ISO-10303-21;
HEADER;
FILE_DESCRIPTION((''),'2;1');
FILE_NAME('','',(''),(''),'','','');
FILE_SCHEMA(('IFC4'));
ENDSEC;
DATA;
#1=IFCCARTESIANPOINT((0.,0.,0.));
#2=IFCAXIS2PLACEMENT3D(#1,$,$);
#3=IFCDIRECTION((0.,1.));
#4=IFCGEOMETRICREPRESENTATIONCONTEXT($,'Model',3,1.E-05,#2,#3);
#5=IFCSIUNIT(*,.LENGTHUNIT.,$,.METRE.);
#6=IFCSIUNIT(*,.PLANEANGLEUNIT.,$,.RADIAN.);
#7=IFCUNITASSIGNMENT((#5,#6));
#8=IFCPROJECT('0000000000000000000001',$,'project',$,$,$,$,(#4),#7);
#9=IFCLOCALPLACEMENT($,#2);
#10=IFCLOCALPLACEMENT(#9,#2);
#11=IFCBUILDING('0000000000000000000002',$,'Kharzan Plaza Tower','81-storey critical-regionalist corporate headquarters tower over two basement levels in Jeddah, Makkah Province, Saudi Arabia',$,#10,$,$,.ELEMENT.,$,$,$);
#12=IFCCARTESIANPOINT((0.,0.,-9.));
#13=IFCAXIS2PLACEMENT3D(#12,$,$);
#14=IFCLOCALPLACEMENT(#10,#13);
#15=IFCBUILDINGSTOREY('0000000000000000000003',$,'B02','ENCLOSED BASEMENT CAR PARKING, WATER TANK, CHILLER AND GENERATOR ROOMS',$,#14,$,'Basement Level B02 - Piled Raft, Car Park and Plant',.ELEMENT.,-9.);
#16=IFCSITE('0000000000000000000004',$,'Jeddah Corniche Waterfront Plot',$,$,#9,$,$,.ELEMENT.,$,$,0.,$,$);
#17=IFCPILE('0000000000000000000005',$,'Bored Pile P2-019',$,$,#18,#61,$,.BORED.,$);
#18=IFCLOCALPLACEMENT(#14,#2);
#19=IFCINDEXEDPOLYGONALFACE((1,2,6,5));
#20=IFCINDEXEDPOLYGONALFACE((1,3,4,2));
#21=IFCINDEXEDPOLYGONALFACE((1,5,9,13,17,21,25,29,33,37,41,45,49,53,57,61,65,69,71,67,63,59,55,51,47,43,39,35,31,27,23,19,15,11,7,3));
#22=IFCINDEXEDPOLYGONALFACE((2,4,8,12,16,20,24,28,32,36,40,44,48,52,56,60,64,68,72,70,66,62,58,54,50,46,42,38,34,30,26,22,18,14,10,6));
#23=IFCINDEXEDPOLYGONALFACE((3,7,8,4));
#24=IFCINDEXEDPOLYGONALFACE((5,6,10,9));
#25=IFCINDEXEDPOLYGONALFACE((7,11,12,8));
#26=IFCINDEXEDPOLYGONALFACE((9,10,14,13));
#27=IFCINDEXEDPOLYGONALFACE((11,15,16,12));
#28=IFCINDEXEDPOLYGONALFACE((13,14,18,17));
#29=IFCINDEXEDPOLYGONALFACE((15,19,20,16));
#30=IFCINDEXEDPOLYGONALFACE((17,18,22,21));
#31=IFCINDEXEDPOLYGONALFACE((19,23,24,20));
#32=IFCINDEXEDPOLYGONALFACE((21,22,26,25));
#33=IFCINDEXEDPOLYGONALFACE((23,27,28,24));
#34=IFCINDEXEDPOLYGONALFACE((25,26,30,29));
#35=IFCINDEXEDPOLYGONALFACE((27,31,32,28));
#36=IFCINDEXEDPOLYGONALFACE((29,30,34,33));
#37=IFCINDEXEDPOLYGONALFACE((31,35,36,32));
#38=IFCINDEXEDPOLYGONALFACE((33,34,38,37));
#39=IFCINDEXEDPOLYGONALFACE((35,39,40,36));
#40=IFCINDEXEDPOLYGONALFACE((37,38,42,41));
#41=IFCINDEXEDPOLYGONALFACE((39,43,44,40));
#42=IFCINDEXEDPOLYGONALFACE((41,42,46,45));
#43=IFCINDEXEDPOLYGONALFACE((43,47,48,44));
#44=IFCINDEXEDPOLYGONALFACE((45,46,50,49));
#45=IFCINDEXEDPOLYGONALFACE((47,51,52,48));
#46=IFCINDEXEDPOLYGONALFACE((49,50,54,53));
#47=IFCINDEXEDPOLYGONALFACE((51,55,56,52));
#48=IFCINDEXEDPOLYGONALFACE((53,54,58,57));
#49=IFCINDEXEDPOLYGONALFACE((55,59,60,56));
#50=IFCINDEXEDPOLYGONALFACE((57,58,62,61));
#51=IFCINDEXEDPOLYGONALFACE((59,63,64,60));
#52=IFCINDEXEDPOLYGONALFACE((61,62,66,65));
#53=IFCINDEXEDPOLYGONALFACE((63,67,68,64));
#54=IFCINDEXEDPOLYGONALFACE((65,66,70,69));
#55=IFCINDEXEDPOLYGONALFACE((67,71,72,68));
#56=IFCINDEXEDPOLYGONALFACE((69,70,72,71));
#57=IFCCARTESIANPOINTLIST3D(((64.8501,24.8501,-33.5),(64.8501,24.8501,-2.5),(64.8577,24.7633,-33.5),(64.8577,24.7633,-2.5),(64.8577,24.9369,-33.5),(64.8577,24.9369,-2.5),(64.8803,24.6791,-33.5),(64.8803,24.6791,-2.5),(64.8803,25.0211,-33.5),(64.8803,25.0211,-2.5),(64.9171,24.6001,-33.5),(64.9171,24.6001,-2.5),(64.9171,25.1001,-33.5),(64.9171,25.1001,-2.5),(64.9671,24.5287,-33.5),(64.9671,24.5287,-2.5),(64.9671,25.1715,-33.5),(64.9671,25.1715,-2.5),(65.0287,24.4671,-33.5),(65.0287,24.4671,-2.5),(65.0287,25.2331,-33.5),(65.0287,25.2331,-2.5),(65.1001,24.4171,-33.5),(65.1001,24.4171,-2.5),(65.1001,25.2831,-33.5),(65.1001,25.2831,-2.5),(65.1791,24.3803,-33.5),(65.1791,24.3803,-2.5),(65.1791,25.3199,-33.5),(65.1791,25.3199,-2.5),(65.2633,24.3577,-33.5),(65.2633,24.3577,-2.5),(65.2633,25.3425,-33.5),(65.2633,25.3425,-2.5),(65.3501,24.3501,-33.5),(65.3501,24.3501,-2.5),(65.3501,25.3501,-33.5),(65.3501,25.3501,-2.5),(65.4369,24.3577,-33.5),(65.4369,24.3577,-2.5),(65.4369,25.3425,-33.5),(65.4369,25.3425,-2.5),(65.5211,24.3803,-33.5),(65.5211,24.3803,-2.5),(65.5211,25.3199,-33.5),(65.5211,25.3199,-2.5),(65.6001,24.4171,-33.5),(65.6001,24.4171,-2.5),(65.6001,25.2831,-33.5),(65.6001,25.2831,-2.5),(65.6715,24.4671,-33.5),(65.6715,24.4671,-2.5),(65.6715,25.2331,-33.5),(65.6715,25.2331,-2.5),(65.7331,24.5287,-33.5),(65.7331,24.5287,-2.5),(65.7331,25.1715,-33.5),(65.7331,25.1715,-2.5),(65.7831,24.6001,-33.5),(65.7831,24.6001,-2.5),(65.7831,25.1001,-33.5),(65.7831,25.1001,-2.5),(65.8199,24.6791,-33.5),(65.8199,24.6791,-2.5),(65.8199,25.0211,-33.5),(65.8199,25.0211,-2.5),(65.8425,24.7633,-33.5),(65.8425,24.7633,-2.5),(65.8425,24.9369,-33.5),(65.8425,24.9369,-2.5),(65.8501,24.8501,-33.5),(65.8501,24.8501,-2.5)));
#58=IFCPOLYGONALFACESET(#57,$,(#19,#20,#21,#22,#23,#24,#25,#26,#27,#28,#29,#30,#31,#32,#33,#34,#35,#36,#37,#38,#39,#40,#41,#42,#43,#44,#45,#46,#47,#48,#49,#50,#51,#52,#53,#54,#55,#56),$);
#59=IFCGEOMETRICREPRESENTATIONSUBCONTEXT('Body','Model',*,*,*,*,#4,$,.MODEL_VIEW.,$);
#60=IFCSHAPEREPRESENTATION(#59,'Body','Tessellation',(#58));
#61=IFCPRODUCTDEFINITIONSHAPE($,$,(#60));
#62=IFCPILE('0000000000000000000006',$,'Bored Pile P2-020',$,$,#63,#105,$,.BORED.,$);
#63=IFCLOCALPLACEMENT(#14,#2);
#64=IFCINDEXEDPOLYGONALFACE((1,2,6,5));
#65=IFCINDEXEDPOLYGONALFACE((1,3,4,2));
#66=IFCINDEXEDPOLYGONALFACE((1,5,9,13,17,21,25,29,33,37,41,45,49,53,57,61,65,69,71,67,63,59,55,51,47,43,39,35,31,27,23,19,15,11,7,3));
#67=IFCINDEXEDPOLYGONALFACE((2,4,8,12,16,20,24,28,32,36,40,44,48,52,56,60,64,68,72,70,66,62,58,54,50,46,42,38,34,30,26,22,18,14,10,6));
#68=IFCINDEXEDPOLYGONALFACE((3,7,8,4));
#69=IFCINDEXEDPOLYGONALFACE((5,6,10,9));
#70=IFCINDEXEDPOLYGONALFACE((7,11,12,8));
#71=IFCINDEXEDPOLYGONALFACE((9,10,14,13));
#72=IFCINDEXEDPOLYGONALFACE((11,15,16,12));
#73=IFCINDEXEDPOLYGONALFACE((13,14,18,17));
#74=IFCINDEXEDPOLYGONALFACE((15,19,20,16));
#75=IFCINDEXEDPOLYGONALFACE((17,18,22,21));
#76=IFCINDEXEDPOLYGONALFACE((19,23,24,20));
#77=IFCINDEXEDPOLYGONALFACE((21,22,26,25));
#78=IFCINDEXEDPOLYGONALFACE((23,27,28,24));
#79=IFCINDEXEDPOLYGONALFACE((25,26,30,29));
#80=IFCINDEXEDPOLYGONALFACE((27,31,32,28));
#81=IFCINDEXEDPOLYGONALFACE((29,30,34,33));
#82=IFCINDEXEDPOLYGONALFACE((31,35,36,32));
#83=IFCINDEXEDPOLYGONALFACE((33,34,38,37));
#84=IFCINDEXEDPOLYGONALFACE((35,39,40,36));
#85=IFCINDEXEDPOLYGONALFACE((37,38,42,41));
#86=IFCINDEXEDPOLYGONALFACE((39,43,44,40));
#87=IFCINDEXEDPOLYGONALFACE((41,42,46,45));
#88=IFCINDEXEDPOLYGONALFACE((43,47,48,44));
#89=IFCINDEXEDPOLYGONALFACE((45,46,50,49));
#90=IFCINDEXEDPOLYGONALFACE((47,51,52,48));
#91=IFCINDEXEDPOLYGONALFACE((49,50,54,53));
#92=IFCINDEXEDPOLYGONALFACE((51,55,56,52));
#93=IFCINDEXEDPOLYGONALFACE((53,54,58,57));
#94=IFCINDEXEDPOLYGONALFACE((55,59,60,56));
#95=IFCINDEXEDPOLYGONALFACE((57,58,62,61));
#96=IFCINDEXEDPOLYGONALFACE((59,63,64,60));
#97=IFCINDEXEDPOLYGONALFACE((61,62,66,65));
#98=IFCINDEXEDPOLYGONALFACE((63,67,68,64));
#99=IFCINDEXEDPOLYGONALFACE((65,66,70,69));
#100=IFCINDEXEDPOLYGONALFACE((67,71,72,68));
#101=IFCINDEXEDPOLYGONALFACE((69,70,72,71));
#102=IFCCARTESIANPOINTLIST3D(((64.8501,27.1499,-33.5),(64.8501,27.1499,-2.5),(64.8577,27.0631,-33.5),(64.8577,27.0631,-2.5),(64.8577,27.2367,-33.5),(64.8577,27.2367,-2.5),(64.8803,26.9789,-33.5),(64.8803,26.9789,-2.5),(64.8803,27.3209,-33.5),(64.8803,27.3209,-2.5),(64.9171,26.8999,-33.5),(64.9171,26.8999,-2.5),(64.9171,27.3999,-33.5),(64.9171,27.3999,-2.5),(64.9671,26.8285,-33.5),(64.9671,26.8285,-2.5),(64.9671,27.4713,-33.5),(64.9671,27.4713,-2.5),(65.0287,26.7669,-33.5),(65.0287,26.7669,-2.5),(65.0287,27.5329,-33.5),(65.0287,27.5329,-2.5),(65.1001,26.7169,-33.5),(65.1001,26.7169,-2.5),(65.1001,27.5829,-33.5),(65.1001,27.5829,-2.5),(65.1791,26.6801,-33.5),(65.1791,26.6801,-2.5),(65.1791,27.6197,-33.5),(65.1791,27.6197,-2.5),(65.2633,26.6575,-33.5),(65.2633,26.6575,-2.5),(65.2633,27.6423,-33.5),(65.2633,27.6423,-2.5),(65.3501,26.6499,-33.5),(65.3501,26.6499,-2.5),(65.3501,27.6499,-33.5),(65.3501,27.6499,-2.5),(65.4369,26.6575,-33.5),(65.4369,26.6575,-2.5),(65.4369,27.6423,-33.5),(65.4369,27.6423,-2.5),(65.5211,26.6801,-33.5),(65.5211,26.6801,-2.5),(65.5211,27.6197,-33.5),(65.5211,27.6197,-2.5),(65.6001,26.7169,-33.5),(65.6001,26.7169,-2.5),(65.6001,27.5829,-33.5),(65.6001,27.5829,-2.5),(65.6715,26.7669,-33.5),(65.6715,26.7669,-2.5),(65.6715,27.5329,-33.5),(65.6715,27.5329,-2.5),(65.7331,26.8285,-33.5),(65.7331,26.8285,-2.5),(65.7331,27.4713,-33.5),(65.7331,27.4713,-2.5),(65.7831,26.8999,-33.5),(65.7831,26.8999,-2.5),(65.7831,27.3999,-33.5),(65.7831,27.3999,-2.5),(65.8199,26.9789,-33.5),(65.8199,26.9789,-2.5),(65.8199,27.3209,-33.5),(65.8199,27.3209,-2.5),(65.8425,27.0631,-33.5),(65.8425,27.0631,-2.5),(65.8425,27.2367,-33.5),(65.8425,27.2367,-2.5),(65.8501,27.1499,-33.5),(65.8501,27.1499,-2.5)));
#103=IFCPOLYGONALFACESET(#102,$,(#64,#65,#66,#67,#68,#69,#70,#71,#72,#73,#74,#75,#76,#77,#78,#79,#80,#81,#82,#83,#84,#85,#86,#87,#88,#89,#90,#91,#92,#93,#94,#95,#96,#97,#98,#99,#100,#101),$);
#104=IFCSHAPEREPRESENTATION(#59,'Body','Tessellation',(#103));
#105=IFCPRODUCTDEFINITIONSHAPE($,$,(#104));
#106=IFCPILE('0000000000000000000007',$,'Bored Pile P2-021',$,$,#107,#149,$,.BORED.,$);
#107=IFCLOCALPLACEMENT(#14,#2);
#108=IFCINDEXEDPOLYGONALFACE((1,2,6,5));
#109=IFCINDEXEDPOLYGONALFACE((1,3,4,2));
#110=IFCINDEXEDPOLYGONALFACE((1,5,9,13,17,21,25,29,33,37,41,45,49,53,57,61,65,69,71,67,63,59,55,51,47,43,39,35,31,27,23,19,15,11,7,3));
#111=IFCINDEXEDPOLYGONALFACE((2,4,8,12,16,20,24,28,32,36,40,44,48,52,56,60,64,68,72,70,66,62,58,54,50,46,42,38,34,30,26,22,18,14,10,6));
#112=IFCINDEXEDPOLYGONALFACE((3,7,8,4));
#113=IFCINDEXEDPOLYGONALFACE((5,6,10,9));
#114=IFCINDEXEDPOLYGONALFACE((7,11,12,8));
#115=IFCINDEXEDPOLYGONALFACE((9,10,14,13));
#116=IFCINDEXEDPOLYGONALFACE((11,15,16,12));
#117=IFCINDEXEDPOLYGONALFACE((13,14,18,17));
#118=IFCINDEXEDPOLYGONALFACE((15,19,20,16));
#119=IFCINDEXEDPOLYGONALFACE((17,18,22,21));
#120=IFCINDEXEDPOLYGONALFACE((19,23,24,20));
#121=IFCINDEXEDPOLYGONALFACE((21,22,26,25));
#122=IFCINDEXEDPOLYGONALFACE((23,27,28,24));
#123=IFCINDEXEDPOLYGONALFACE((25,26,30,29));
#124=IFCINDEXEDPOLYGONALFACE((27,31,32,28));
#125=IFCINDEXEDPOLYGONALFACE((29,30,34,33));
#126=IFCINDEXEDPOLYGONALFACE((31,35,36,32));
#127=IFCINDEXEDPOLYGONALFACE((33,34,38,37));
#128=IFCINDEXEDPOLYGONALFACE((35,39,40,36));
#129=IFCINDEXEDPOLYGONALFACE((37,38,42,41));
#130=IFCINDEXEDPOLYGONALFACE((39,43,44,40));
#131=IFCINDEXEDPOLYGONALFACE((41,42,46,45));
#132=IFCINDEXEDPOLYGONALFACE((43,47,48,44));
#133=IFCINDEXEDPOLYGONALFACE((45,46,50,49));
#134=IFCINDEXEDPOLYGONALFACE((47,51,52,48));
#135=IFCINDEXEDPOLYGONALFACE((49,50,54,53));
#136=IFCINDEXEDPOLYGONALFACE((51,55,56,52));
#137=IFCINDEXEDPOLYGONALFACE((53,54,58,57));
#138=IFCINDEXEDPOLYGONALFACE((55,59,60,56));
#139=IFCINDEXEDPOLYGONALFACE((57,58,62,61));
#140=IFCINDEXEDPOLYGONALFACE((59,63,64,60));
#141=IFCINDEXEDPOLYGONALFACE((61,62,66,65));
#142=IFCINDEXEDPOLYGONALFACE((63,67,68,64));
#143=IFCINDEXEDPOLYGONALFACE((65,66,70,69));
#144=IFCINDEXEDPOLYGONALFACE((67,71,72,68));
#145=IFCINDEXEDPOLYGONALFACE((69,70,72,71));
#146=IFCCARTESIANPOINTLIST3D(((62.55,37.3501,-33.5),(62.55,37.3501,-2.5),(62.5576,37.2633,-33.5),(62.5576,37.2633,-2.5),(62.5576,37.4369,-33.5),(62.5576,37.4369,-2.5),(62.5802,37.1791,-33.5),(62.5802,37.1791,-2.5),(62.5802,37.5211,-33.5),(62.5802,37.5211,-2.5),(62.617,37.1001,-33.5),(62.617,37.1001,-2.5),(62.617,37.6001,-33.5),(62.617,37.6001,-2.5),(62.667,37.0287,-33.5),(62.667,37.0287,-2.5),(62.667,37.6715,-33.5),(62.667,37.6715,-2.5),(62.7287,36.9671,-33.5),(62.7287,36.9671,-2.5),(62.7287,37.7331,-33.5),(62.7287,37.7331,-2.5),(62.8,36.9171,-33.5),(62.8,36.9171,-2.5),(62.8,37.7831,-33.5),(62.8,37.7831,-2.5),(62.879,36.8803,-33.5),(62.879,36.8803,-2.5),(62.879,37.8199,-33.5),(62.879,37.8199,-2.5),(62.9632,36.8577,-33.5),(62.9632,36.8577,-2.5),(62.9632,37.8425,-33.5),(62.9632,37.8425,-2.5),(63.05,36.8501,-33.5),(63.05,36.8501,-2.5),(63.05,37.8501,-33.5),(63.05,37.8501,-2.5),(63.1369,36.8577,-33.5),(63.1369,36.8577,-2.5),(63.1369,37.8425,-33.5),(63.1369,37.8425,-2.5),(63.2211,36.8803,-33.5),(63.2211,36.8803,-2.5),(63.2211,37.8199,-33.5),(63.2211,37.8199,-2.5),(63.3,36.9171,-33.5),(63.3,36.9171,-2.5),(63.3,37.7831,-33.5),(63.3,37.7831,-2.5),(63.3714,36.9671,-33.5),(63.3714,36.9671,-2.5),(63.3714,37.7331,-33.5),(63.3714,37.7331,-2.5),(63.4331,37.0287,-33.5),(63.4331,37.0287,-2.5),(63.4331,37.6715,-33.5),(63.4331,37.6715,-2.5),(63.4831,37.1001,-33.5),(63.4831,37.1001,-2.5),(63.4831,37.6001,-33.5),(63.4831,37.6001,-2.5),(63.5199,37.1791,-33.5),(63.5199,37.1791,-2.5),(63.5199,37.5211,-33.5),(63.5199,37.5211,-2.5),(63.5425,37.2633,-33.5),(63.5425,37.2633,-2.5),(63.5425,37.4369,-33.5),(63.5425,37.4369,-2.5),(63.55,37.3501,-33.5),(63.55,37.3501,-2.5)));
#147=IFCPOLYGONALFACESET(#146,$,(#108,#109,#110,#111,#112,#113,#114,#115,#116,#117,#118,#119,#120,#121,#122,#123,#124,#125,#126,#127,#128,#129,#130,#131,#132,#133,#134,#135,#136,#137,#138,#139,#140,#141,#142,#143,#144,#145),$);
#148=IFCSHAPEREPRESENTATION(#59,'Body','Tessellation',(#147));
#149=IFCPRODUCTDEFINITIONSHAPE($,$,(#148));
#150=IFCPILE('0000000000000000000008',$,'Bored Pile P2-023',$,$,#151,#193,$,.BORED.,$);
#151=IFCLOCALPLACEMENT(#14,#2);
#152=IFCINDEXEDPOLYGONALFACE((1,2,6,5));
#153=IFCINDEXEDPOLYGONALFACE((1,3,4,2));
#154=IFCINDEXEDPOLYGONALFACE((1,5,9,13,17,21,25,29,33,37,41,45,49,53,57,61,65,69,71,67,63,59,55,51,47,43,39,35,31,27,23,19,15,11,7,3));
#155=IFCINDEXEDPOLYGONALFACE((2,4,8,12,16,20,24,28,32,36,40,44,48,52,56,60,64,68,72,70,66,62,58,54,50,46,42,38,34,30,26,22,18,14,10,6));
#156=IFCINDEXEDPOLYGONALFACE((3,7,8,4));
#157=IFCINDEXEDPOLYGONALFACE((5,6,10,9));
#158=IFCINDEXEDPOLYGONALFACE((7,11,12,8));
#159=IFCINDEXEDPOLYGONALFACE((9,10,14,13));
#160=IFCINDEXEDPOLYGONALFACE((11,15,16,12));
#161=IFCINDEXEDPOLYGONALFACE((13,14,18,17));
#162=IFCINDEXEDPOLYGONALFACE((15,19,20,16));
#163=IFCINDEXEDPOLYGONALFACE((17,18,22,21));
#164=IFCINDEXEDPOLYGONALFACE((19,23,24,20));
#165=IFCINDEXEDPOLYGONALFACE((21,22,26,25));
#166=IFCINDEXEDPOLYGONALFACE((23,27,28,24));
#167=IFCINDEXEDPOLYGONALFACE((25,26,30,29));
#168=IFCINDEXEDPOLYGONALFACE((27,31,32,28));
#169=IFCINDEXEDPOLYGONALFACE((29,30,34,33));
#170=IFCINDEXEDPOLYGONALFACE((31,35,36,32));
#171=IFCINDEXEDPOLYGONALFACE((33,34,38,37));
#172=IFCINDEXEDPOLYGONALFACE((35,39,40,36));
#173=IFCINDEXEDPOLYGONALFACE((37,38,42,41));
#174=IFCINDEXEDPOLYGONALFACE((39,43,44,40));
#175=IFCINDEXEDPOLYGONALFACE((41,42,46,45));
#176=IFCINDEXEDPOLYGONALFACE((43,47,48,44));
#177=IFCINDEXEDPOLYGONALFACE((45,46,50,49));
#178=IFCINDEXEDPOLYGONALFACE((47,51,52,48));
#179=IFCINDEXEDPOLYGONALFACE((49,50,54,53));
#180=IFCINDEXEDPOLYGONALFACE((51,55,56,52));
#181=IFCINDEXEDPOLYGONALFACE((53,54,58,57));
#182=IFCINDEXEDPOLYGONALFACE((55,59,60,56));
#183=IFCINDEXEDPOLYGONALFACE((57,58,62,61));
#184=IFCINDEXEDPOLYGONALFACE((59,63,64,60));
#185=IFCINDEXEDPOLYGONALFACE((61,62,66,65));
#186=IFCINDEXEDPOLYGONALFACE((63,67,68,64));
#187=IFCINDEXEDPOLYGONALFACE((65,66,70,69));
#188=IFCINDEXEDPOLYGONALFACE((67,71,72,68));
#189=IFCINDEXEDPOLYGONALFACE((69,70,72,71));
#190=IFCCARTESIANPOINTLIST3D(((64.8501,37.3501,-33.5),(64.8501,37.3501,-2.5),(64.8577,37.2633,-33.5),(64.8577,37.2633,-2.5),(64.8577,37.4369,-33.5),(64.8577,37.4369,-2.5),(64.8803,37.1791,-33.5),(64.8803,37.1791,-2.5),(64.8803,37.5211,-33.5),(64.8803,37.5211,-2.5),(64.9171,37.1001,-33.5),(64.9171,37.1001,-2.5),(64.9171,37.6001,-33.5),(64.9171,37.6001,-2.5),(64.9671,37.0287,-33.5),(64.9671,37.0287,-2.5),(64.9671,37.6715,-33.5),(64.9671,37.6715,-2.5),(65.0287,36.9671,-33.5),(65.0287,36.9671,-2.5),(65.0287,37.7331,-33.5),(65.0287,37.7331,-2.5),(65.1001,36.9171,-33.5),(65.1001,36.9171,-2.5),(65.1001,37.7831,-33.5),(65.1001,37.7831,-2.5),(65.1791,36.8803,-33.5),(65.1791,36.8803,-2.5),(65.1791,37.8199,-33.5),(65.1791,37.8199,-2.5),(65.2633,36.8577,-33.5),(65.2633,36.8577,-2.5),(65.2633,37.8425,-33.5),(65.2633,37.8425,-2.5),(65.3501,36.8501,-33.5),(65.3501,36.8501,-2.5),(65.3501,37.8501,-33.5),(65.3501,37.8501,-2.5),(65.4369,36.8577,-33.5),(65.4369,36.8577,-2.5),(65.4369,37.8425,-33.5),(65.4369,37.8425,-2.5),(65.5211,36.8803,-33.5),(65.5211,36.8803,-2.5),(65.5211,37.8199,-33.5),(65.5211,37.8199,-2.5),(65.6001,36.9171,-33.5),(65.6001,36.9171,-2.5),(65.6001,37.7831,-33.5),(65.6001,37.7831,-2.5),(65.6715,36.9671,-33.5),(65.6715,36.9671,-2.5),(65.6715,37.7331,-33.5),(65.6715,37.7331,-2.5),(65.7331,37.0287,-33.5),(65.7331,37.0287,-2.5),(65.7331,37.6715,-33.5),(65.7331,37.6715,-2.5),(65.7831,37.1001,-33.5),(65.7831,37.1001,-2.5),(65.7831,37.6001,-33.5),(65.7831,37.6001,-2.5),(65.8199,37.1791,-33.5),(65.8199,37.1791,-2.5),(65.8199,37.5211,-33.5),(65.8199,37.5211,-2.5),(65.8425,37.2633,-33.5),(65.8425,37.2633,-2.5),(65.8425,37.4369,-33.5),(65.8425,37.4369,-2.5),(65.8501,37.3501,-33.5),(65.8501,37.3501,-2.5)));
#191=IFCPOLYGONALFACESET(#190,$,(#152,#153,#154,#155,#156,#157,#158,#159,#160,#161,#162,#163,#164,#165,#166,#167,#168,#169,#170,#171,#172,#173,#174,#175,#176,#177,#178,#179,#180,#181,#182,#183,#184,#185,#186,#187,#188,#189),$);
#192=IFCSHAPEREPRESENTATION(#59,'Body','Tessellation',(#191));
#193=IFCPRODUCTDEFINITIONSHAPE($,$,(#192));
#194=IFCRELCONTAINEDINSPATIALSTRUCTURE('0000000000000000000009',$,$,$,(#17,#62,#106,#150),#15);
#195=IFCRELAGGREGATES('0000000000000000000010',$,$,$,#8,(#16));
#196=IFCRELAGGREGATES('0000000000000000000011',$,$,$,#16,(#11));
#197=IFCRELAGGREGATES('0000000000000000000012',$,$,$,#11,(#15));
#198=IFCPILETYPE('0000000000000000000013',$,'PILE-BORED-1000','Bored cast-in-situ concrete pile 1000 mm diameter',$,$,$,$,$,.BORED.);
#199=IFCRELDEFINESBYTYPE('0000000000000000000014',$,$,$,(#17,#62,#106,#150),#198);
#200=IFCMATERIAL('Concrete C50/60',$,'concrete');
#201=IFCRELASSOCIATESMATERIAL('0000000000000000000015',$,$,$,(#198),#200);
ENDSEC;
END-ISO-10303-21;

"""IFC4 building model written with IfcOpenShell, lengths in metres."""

from ifc_helpers import new_model, si_unit, direction, frame, origin, origin_2d, place, context, subcontext, project, spatial, circle, extrude, source, transform, mapped, material, material_profile, profile_set, type_object, element, save


model = new_model("IFC4")

# Units and contexts
model_context = context("Model", 3, precision=1e-05, world=origin(), true_north=direction((0.0, 1.0)))
body_context = subcontext(model_context, "Body", "Model", "MODEL_VIEW")
ifc_project = project(units=[si_unit("LENGTHUNIT", "METRE"), si_unit("PLANEANGLEUNIT", "RADIAN")], contexts=[model_context])

# Site, building, storey
site_placement = place(None, origin())
site = spatial("IfcSite", under=ifc_project, at=site_placement, Name="Jeddah Corniche Waterfront Plot", CompositionType="ELEMENT", RefElevation=0.0)
building_placement = place(site_placement, origin())
building = spatial("IfcBuilding", under=site, at=building_placement, Name="Kharzan Plaza Tower", Description="81-storey critical-regionalist corporate headquarters tower over two basement levels in Jeddah, Makkah Province, Saudi Arabia", CompositionType="ELEMENT")
storey_placement = place(building_placement, frame((0.0, 0.0, -9.0)))
storey = spatial("IfcBuildingStorey", under=building, at=storey_placement, Name="B02", Description="ENCLOSED BASEMENT CAR PARKING, WATER TANK, CHILLER AND GENERATOR ROOMS", LongName="Basement Level B02 - Piled Raft, Car Park and Plant", CompositionType="ELEMENT", Elevation=-9.0)

# Shared definitions
ifc_material_1 = material(Name="Concrete C50/60", Category="concrete")

# Piles
ifc_material_profile_1 = material_profile(ifc_material_1, circle(Radius=0.5, at=origin_2d()), Name="PILE-D1000")
ifc_profile_set_1 = profile_set([ifc_material_profile_1], Name="Concrete C50/60")
pile_type = type_object("IfcPileType", Name="PILE-BORED-1000", Description="Bored cast-in-situ concrete pile 1000 mm diameter", PredefinedType="BORED", material=ifc_profile_set_1)
shared_shape_1 = source(origin(), body_context, "Body", "SweptSolid", [
    extrude(circle(Radius=0.5, at=origin_2d()), origin(), (0.0, 0.0, 1.0), 31.0),
])
for number, where, z_axis, x_axis, name in (
    (1, (65.3501, 24.8501, -2.5), (0.0, 0.0, -1.0), (1.0, 0.0, 0.0), "Bored Pile P2-019"),
    (2, (65.3501, 27.1499, -2.5), (0.0, 0.0, -1.0), (1.0, 0.0, 0.0), "Bored Pile P2-020"),
    (3, (63.05, 37.3501, -2.5), (0.0, 0.0, -1.0), (1.0, 0.0, 0.0), "Bored Pile P2-021"),
    (4, (65.3501, 37.3501, -2.5), (0.0, 0.0, -1.0), (1.0, 0.0, 0.0), "Bored Pile P2-023"),
):
    element("IfcPile", number, at=place(storey_placement, frame(where, z_axis=z_axis, x_axis=x_axis)), inside=storey, type_object=pile_type, Name=name, PredefinedType="BORED", context=body_context, shape_type="MappedRepresentation", body=[
        mapped(shared_shape_1, transform((0.0, 0.0, 0.0), x_axis=(1.0, 0.0, 0.0), y_axis=(0.0, 1.0, 0.0), z_axis=(0.0, 0.0, 1.0))),
    ])

save(model, "model.ifc")
